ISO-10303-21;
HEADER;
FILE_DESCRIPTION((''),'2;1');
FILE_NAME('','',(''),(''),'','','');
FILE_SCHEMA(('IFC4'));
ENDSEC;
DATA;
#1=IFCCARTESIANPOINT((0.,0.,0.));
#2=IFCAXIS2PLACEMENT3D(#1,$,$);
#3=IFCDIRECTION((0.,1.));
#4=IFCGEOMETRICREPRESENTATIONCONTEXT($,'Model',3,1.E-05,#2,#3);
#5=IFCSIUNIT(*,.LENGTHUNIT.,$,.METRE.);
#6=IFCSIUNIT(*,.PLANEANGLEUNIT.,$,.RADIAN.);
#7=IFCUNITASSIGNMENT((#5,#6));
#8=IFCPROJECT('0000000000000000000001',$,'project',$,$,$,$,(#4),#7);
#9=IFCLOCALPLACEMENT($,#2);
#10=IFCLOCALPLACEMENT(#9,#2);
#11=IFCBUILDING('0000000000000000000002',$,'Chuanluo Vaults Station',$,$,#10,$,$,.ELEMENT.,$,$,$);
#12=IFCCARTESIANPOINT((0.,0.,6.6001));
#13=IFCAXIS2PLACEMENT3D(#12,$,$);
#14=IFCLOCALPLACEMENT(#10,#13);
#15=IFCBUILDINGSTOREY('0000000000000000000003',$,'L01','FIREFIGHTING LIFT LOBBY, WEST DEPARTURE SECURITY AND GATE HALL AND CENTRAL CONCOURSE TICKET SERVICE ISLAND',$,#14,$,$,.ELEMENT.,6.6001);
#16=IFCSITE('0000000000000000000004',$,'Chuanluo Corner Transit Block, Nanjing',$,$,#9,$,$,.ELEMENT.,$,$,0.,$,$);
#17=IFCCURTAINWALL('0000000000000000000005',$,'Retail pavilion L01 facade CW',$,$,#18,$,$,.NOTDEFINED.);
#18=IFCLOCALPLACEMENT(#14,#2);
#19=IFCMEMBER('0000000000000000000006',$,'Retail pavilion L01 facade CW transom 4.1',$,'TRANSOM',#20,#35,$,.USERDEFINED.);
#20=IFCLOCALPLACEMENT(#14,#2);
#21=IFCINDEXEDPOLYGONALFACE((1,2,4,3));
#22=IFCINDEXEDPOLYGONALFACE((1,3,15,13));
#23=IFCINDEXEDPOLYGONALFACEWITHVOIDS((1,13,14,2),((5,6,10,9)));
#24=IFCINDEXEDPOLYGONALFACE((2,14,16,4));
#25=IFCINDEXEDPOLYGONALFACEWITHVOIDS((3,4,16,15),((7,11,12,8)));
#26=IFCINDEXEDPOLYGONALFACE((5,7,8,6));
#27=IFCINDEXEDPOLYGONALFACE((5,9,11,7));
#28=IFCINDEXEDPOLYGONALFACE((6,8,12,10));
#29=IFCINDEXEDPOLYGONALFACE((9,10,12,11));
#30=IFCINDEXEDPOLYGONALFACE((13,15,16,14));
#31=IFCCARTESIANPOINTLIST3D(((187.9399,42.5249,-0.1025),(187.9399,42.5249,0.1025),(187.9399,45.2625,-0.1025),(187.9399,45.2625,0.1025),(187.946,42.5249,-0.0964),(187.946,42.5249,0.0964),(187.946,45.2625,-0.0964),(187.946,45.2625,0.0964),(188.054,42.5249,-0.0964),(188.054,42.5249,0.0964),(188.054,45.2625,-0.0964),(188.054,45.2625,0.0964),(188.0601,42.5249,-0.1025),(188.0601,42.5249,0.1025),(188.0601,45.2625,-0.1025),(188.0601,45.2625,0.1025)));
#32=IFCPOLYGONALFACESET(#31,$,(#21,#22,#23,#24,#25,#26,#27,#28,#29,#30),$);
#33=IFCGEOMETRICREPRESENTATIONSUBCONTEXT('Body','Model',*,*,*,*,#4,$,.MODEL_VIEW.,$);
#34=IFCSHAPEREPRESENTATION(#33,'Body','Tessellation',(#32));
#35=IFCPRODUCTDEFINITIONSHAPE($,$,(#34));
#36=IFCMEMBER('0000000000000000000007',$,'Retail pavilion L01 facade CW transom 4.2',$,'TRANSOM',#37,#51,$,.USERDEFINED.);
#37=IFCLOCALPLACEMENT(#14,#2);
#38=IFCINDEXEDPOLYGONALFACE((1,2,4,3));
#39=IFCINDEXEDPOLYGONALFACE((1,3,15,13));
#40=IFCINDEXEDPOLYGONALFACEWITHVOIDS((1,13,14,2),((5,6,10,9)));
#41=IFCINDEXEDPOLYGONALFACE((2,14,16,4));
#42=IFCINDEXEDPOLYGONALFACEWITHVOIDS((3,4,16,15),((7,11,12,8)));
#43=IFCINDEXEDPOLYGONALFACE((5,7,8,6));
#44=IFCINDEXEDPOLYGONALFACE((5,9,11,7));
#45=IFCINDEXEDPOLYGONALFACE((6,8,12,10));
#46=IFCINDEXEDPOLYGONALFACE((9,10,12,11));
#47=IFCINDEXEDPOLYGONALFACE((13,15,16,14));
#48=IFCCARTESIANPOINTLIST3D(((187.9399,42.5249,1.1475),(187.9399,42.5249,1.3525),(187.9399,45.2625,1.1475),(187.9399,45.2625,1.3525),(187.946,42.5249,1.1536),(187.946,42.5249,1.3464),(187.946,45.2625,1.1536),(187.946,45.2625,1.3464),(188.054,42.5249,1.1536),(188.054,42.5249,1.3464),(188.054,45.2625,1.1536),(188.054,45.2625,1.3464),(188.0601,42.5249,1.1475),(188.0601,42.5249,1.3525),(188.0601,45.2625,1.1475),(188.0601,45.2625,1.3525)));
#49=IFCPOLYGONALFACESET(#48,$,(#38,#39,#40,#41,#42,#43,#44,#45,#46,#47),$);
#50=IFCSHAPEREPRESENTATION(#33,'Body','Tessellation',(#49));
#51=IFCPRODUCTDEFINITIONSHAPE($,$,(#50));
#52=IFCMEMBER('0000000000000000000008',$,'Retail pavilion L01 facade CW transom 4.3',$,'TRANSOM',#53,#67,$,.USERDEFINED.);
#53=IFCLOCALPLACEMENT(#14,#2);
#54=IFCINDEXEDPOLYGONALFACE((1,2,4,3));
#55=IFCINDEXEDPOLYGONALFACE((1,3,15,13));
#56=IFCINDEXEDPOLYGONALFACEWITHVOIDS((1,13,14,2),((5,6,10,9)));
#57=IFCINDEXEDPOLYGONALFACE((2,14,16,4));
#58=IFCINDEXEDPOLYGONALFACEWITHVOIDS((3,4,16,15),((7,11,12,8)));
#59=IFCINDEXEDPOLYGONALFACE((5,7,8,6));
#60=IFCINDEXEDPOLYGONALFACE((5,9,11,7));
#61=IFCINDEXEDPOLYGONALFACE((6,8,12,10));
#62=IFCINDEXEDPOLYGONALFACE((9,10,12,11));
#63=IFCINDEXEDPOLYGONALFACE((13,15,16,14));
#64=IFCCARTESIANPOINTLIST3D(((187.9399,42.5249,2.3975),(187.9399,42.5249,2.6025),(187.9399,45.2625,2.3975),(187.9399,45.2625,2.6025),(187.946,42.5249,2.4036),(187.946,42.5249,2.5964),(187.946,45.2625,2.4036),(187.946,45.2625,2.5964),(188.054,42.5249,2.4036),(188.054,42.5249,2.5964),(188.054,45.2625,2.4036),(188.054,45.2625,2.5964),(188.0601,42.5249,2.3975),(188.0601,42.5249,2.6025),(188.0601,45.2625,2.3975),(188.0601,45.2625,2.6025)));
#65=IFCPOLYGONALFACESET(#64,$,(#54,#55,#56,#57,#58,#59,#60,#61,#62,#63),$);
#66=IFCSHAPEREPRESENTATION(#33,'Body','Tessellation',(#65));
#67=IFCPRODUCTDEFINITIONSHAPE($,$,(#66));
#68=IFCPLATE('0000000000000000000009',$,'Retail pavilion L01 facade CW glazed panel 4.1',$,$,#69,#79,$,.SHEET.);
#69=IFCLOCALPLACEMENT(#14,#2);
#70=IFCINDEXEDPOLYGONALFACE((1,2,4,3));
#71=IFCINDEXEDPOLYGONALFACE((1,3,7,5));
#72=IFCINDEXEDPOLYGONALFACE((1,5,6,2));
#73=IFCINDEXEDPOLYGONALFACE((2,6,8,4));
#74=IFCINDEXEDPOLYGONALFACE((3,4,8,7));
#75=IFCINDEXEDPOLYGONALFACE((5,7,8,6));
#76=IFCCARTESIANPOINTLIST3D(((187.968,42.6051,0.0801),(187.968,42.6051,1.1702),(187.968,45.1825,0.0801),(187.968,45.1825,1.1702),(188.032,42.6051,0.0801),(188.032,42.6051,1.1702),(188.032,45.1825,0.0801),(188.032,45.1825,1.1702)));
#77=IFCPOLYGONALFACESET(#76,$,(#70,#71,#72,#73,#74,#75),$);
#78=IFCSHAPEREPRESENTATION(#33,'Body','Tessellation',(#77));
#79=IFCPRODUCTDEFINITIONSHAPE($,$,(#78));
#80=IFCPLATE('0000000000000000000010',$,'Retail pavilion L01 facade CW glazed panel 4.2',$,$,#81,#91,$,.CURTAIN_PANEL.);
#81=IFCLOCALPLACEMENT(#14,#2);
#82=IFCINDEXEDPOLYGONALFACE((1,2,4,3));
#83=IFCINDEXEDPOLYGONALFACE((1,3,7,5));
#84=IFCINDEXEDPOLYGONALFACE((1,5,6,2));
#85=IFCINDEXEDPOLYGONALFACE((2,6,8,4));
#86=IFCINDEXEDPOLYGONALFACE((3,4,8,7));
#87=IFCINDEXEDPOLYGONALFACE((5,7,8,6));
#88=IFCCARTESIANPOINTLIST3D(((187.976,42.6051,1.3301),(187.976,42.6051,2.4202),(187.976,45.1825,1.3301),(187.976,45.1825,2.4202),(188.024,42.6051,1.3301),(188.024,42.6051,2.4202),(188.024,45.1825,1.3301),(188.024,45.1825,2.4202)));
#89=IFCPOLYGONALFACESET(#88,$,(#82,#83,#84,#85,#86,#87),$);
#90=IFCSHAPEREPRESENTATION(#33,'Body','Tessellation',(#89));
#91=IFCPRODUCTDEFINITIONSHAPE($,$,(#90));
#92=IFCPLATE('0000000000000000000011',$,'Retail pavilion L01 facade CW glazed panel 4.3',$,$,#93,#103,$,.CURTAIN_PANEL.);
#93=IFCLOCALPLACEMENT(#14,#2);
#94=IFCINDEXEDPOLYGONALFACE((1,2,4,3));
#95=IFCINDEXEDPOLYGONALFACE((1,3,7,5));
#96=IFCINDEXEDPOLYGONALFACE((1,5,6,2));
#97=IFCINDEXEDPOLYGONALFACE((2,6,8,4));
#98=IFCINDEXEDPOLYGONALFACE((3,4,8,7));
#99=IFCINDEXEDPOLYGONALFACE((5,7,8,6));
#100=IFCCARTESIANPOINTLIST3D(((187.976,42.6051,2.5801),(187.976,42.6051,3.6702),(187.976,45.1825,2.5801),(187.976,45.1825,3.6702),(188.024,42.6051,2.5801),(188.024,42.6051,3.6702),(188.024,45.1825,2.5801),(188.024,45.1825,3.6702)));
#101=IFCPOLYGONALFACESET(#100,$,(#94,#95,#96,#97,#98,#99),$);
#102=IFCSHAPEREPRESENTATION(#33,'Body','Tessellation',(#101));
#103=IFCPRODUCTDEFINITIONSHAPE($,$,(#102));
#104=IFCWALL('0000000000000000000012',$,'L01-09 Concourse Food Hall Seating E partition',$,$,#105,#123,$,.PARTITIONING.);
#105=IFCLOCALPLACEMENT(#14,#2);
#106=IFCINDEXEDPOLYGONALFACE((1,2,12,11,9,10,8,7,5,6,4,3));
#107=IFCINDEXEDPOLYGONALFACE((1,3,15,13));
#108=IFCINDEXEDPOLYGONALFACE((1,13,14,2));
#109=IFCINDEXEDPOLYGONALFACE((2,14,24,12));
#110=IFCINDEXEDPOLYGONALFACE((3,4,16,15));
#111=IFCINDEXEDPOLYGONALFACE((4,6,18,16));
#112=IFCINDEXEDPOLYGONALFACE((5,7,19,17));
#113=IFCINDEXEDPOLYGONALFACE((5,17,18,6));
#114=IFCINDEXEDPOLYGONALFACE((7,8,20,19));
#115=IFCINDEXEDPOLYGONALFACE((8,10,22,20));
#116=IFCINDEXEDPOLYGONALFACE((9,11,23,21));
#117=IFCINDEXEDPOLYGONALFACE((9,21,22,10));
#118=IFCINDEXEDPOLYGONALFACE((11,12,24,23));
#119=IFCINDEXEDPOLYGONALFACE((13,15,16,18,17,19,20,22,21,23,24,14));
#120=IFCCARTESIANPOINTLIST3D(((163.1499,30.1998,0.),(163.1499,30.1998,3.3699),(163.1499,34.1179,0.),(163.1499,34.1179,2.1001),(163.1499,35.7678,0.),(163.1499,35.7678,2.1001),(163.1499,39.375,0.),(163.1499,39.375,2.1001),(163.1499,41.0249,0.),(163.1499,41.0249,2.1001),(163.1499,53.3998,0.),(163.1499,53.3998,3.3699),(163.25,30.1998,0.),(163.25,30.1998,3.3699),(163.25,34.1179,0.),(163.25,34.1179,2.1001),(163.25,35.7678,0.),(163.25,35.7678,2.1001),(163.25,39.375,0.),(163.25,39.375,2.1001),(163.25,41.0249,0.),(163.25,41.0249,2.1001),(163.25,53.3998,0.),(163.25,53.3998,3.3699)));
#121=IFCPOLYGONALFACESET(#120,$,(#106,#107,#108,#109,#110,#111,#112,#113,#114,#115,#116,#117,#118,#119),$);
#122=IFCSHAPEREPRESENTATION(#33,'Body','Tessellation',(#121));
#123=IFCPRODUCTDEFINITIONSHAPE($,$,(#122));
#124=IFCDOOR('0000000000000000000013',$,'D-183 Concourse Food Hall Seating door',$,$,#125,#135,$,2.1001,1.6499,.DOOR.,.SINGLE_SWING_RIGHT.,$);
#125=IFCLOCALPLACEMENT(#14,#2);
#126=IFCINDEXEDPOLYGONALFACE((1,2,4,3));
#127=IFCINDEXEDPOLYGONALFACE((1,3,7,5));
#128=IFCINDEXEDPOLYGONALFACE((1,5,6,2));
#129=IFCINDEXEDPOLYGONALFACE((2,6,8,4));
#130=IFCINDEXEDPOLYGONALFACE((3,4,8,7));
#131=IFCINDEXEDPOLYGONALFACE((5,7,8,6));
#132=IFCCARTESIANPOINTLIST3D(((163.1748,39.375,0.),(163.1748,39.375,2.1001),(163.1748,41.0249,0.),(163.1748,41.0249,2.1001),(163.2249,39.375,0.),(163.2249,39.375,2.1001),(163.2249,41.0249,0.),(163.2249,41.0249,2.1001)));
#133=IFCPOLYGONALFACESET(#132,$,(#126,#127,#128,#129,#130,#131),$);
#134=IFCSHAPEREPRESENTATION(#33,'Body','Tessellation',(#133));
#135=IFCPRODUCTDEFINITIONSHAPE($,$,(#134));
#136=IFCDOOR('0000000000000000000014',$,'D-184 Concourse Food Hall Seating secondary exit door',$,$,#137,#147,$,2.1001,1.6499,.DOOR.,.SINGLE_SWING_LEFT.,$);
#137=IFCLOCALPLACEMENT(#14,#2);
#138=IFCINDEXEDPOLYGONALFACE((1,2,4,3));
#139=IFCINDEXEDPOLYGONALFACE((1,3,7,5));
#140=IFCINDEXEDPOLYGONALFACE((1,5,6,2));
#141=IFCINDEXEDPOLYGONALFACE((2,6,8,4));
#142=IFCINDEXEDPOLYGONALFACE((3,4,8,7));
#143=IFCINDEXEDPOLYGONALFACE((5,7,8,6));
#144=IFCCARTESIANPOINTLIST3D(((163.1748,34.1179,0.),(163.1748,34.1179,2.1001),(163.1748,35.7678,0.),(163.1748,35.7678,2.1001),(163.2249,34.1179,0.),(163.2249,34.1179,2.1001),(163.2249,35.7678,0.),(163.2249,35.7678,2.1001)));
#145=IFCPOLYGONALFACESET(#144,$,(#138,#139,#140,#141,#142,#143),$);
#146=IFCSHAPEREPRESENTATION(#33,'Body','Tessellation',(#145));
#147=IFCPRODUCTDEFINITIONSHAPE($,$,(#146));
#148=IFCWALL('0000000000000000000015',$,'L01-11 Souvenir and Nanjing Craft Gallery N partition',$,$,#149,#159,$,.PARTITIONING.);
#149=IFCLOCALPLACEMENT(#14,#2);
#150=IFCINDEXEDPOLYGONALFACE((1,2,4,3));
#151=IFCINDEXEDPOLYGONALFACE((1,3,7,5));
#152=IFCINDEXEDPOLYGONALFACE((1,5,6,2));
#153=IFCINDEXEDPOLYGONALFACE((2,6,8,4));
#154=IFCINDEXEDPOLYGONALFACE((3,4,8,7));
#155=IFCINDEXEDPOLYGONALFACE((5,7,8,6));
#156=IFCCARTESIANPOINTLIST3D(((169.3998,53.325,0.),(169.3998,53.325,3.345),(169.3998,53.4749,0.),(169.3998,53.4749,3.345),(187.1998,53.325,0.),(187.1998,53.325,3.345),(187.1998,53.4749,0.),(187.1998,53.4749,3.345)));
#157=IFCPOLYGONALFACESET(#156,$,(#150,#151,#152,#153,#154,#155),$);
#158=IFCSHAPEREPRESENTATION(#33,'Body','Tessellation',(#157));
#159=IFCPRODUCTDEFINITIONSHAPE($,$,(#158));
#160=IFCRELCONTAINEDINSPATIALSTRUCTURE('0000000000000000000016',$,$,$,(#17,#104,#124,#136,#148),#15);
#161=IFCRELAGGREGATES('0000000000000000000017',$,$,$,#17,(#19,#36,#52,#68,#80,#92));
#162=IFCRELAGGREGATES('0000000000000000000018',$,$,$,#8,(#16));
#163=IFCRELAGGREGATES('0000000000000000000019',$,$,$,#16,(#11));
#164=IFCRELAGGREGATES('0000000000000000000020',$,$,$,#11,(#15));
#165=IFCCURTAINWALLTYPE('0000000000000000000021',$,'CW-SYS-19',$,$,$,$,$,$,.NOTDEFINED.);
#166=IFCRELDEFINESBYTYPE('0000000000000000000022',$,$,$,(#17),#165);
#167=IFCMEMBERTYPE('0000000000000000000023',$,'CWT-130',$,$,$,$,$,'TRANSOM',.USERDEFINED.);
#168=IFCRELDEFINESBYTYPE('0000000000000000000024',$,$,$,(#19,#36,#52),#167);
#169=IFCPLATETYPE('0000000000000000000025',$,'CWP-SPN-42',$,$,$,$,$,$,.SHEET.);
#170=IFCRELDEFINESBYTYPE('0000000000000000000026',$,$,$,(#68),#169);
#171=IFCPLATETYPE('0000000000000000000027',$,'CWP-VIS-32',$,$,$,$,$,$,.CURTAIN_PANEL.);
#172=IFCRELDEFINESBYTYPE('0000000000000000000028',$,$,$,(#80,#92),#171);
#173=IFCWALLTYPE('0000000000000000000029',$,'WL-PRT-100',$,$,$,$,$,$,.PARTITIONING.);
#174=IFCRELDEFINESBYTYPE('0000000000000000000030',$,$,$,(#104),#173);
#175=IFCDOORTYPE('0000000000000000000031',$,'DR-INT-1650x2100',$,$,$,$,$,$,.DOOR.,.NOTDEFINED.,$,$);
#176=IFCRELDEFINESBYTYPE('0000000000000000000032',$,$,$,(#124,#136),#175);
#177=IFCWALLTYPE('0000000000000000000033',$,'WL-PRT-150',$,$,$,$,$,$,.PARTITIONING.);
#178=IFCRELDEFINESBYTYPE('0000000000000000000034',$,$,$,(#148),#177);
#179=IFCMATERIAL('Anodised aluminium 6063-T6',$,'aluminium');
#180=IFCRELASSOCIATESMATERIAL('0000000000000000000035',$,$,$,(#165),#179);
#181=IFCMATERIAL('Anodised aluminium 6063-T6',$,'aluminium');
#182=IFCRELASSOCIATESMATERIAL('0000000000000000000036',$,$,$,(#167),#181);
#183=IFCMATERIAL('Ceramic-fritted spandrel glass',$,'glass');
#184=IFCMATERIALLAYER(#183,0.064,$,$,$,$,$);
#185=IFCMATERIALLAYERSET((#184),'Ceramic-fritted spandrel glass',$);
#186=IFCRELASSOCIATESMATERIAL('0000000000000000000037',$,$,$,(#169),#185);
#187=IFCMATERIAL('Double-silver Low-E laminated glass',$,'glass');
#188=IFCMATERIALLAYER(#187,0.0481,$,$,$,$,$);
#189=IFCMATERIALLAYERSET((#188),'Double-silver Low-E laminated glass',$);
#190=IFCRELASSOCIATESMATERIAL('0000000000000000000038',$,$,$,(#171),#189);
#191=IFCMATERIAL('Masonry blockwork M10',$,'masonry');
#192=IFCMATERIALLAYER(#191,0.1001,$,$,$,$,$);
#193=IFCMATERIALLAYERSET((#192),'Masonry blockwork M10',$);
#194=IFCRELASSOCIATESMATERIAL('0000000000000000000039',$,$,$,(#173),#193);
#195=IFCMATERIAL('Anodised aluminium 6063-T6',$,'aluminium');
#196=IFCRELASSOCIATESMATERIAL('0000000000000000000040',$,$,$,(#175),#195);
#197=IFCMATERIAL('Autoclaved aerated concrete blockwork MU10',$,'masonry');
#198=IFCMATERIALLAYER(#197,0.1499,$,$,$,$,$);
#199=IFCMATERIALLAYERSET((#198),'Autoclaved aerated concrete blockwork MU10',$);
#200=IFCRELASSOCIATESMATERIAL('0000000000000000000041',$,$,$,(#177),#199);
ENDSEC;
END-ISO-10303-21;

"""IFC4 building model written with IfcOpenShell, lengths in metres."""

from ifc_helpers import new_model, si_unit, direction, frame, frame_2d, origin, origin_2d, place, context, subcontext, project, spatial, rectangle, hollow_rectangle, extrude, material, layer, layer_set, material_profile, profile_set, type_object, element, fill, aggregate, save


model = new_model("IFC4")

# Units and contexts
model_context = context("Model", 3, precision=1e-05, world=origin(), true_north=direction((0.0, 1.0)))
body_context = subcontext(model_context, "Body", "Model", "MODEL_VIEW")
ifc_project = project(units=[si_unit("LENGTHUNIT", "METRE"), si_unit("PLANEANGLEUNIT", "RADIAN")], contexts=[model_context])

# Site, building, storey
site_placement = place(None, origin())
site = spatial("IfcSite", under=ifc_project, at=site_placement, Name="Chuanluo Corner Transit Block, Nanjing", CompositionType="ELEMENT", RefElevation=0.0)
building_placement = place(site_placement, origin())
building = spatial("IfcBuilding", under=site, at=building_placement, Name="Chuanluo Vaults Station", CompositionType="ELEMENT")
storey_placement = place(building_placement, frame((0.0, 0.0, 6.6001)))
storey = spatial("IfcBuildingStorey", under=building, at=storey_placement, Name="L01", Description="FIREFIGHTING LIFT LOBBY, WEST DEPARTURE SECURITY AND GATE HALL AND CENTRAL CONCOURSE TICKET SERVICE ISLAND", CompositionType="ELEMENT", Elevation=6.6001)

# Curtain wall, members, plates
ifc_material_1 = material(Name="Anodised aluminium 6063-T6", Category="aluminium")
curtain_wall_type = type_object("IfcCurtainWallType", Name="CW-SYS-19", PredefinedType="NOTDEFINED", material=ifc_material_1)
curtain_wall_placement = place(storey_placement, origin())
curtain_wall = element("IfcCurtainWall", 1, at=curtain_wall_placement, inside=storey, type_object=curtain_wall_type, Name="Retail pavilion L01 facade CW", PredefinedType="NOTDEFINED")
ifc_material_2 = material(Name="Anodised aluminium 6063-T6", Category="aluminium")
ifc_material_profile_1 = material_profile(ifc_material_2, hollow_rectangle(XDim=0.1201, YDim=0.2051, WallThickness=0.0061, at=origin_2d()))
ifc_profile_set_1 = profile_set([ifc_material_profile_1], Name="Anodised aluminium 6063-T6")
member_type_1 = type_object("IfcMemberType", Name="CWT-130", ElementType="TRANSOM", PredefinedType="USERDEFINED", material=ifc_profile_set_1)
member_1_placement = place(storey_placement, frame((188.0, 45.2625, 0.0), z_axis=(0.0, -1.0, 0.0), x_axis=(1.0, 0.0, 0.0)))
member_1 = element("IfcMember", 2, at=member_1_placement, type_object=member_type_1, Name="Retail pavilion L01 facade CW transom 4.1", ObjectType="TRANSOM", PredefinedType="USERDEFINED", context=body_context, shape_type="SweptSolid", body=[
    extrude(hollow_rectangle(XDim=0.1201, YDim=0.2051, WallThickness=0.0061, at=origin_2d()), origin(), (0.0, 0.0, 1.0), 2.7375),
])
member_2_placement = place(storey_placement, frame((188.0, 45.2625, 1.25), z_axis=(0.0, -1.0, 0.0), x_axis=(1.0, 0.0, 0.0)))
member_2 = element("IfcMember", 3, at=member_2_placement, type_object=member_type_1, Name="Retail pavilion L01 facade CW transom 4.2", ObjectType="TRANSOM", PredefinedType="USERDEFINED", context=body_context, shape_type="SweptSolid", body=[
    extrude(hollow_rectangle(XDim=0.1201, YDim=0.2051, WallThickness=0.0061, at=origin_2d()), origin(), (0.0, 0.0, 1.0), 2.7375),
])
member_3_placement = place(storey_placement, frame((188.0, 45.2625, 2.5), z_axis=(0.0, -1.0, 0.0), x_axis=(1.0, 0.0, 0.0)))
member_3 = element("IfcMember", 4, at=member_3_placement, type_object=member_type_1, Name="Retail pavilion L01 facade CW transom 4.3", ObjectType="TRANSOM", PredefinedType="USERDEFINED", context=body_context, shape_type="SweptSolid", body=[
    extrude(hollow_rectangle(XDim=0.1201, YDim=0.2051, WallThickness=0.0061, at=origin_2d()), origin(), (0.0, 0.0, 1.0), 2.7375),
])
ifc_material_3 = material(Name="Ceramic-fritted spandrel glass", Category="glass")
ifc_layer_1 = layer(ifc_material_3, 0.064)
ifc_layer_set_1 = layer_set([ifc_layer_1], Name="Ceramic-fritted spandrel glass")
plate_type_1 = type_object("IfcPlateType", Name="CWP-SPN-42", PredefinedType="SHEET", material=ifc_layer_set_1)
plate_1_placement = place(storey_placement, frame((188.0, 43.8938, 0.0801), z_axis=(0.0, 0.0, 1.0), x_axis=(0.0, -1.0, 0.0)))
plate_1 = element("IfcPlate", 5, at=plate_1_placement, type_object=plate_type_1, Name="Retail pavilion L01 facade CW glazed panel 4.1", PredefinedType="SHEET", context=body_context, shape_type="SweptSolid", body=[
    extrude(rectangle(XDim=2.5774, YDim=0.064, at=origin_2d()), origin(), (0.0, 0.0, 1.0), 1.0901),
])
ifc_material_4 = material(Name="Double-silver Low-E laminated glass", Category="glass")
ifc_layer_2 = layer(ifc_material_4, 0.0481)
ifc_layer_set_2 = layer_set([ifc_layer_2], Name="Double-silver Low-E laminated glass")
plate_type_2 = type_object("IfcPlateType", Name="CWP-VIS-32", PredefinedType="CURTAIN_PANEL", material=ifc_layer_set_2)
plate_2_placement = place(storey_placement, frame((188.0, 43.8938, 1.3301), z_axis=(0.0, 0.0, 1.0), x_axis=(0.0, -1.0, 0.0)))
plate_2 = element("IfcPlate", 6, at=plate_2_placement, type_object=plate_type_2, Name="Retail pavilion L01 facade CW glazed panel 4.2", PredefinedType="CURTAIN_PANEL", context=body_context, shape_type="SweptSolid", body=[
    extrude(rectangle(XDim=2.5774, YDim=0.0481, at=origin_2d()), origin(), (0.0, 0.0, 1.0), 1.0901),
])
plate_3_placement = place(storey_placement, frame((188.0, 43.8938, 2.5801), z_axis=(0.0, 0.0, 1.0), x_axis=(0.0, -1.0, 0.0)))
plate_3 = element("IfcPlate", 7, at=plate_3_placement, type_object=plate_type_2, Name="Retail pavilion L01 facade CW glazed panel 4.3", PredefinedType="CURTAIN_PANEL", context=body_context, shape_type="SweptSolid", body=[
    extrude(rectangle(XDim=2.5774, YDim=0.0481, at=origin_2d()), origin(), (0.0, 0.0, 1.0), 1.0901),
])
aggregate(curtain_wall, [member_1, member_2, member_3, plate_1, plate_2, plate_3])

# Wall, openings, doors
ifc_material_5 = material(Name="Masonry blockwork M10", Category="masonry")
ifc_layer_3 = layer(ifc_material_5, 0.1001)
ifc_layer_set_3 = layer_set([ifc_layer_3], Name="Masonry blockwork M10")
wall_type_1 = type_object("IfcWallType", Name="WL-PRT-100", PredefinedType="PARTITIONING", material=ifc_layer_set_3)
wall_1_placement = place(storey_placement, frame((163.2, 53.3999, 0.0), z_axis=(0.0, 0.0, 1.0), x_axis=(0.0, -1.0, 0.0)))
wall_1 = element("IfcWall", 8, at=wall_1_placement, inside=storey, type_object=wall_type_1, Name="L01-09 Concourse Food Hall Seating E partition", PredefinedType="PARTITIONING", context=body_context, shape_type="SweptSolid", body=[
    extrude(rectangle(XDim=23.2, YDim=0.1001, at=frame_2d((11.6001, 0.0))), origin(), (0.0, 0.0, 1.0), 3.3699),
])
opening_1_placement = place(wall_1_placement, frame((12.375, 0.0, 0.0)))
opening_1 = element("IfcOpeningElement", 9, at=opening_1_placement, cuts=wall_1, PredefinedType="OPENING", context=body_context, shape_type="SweptSolid", body=[
    extrude(rectangle(XDim=1.6499, YDim=2.1001, at=frame_2d((0.825, 1.05))), frame((0.0, 0.06, 0.0), z_axis=(0.0, -1.0, 0.0), x_axis=(1.0, 0.0, 0.0)), (0.0, 0.0, 1.0), 0.1201),
])
opening_2_placement = place(wall_1_placement, frame((17.6321, 0.0, 0.0)))
opening_2 = element("IfcOpeningElement", 10, at=opening_2_placement, cuts=wall_1, PredefinedType="OPENING", context=body_context, shape_type="SweptSolid", body=[
    extrude(rectangle(XDim=1.6499, YDim=2.1001, at=frame_2d((0.825, 1.05))), frame((0.0, 0.06, 0.0), z_axis=(0.0, -1.0, 0.0), x_axis=(1.0, 0.0, 0.0)), (0.0, 0.0, 1.0), 0.1201),
])
ifc_material_6 = material(Name="Anodised aluminium 6063-T6", Category="aluminium")
door_type = type_object("IfcDoorType", Name="DR-INT-1650x2100", OperationType="NOTDEFINED", PredefinedType="DOOR", material=ifc_material_6)
door_1_placement = place(opening_1_placement, origin())
door_1 = element("IfcDoor", 11, at=door_1_placement, inside=storey, type_object=door_type, Name="D-183 Concourse Food Hall Seating door", OperationType="SINGLE_SWING_RIGHT", OverallHeight=2.1001, OverallWidth=1.6499, PredefinedType="DOOR", context=body_context, shape_type="SweptSolid", body=[
    extrude(rectangle(XDim=1.6499, YDim=2.1001, at=frame_2d((0.825, 1.05))), frame((0.0, 0.0249, 0.0), z_axis=(0.0, -1.0, 0.0), x_axis=(1.0, 0.0, 0.0)), (0.0, 0.0, 1.0), 0.05),
])
fill(opening_1, door_1)
door_2_placement = place(opening_2_placement, origin())
door_2 = element("IfcDoor", 12, at=door_2_placement, inside=storey, type_object=door_type, Name="D-184 Concourse Food Hall Seating secondary exit door", OperationType="SINGLE_SWING_LEFT", OverallHeight=2.1001, OverallWidth=1.6499, PredefinedType="DOOR", context=body_context, shape_type="SweptSolid", body=[
    extrude(rectangle(XDim=1.6499, YDim=2.1001, at=frame_2d((0.825, 1.05))), frame((0.0, 0.0249, 0.0), z_axis=(0.0, -1.0, 0.0), x_axis=(1.0, 0.0, 0.0)), (0.0, 0.0, 1.0), 0.05),
])
fill(opening_2, door_2)

# Wall
ifc_material_7 = material(Name="Autoclaved aerated concrete blockwork MU10", Category="masonry")
ifc_layer_4 = layer(ifc_material_7, 0.1499)
ifc_layer_set_4 = layer_set([ifc_layer_4], Name="Autoclaved aerated concrete blockwork MU10")
wall_type_2 = type_object("IfcWallType", Name="WL-PRT-150", PredefinedType="PARTITIONING", material=ifc_layer_set_4)
wall_2_placement = place(storey_placement, frame((169.3999, 53.3999, 0.0), z_axis=(0.0, 0.0, 1.0), x_axis=(1.0, 0.0, 0.0)))
element("IfcWall", 13, at=wall_2_placement, inside=storey, type_object=wall_type_2, Name="L01-11 Souvenir and Nanjing Craft Gallery N partition", PredefinedType="PARTITIONING", context=body_context, shape_type="SweptSolid", body=[
    extrude(rectangle(XDim=17.8, YDim=0.1499, at=frame_2d((8.8999, 0.0))), origin(), (0.0, 0.0, 1.0), 3.345),
])

save(model, "model.ifc")
